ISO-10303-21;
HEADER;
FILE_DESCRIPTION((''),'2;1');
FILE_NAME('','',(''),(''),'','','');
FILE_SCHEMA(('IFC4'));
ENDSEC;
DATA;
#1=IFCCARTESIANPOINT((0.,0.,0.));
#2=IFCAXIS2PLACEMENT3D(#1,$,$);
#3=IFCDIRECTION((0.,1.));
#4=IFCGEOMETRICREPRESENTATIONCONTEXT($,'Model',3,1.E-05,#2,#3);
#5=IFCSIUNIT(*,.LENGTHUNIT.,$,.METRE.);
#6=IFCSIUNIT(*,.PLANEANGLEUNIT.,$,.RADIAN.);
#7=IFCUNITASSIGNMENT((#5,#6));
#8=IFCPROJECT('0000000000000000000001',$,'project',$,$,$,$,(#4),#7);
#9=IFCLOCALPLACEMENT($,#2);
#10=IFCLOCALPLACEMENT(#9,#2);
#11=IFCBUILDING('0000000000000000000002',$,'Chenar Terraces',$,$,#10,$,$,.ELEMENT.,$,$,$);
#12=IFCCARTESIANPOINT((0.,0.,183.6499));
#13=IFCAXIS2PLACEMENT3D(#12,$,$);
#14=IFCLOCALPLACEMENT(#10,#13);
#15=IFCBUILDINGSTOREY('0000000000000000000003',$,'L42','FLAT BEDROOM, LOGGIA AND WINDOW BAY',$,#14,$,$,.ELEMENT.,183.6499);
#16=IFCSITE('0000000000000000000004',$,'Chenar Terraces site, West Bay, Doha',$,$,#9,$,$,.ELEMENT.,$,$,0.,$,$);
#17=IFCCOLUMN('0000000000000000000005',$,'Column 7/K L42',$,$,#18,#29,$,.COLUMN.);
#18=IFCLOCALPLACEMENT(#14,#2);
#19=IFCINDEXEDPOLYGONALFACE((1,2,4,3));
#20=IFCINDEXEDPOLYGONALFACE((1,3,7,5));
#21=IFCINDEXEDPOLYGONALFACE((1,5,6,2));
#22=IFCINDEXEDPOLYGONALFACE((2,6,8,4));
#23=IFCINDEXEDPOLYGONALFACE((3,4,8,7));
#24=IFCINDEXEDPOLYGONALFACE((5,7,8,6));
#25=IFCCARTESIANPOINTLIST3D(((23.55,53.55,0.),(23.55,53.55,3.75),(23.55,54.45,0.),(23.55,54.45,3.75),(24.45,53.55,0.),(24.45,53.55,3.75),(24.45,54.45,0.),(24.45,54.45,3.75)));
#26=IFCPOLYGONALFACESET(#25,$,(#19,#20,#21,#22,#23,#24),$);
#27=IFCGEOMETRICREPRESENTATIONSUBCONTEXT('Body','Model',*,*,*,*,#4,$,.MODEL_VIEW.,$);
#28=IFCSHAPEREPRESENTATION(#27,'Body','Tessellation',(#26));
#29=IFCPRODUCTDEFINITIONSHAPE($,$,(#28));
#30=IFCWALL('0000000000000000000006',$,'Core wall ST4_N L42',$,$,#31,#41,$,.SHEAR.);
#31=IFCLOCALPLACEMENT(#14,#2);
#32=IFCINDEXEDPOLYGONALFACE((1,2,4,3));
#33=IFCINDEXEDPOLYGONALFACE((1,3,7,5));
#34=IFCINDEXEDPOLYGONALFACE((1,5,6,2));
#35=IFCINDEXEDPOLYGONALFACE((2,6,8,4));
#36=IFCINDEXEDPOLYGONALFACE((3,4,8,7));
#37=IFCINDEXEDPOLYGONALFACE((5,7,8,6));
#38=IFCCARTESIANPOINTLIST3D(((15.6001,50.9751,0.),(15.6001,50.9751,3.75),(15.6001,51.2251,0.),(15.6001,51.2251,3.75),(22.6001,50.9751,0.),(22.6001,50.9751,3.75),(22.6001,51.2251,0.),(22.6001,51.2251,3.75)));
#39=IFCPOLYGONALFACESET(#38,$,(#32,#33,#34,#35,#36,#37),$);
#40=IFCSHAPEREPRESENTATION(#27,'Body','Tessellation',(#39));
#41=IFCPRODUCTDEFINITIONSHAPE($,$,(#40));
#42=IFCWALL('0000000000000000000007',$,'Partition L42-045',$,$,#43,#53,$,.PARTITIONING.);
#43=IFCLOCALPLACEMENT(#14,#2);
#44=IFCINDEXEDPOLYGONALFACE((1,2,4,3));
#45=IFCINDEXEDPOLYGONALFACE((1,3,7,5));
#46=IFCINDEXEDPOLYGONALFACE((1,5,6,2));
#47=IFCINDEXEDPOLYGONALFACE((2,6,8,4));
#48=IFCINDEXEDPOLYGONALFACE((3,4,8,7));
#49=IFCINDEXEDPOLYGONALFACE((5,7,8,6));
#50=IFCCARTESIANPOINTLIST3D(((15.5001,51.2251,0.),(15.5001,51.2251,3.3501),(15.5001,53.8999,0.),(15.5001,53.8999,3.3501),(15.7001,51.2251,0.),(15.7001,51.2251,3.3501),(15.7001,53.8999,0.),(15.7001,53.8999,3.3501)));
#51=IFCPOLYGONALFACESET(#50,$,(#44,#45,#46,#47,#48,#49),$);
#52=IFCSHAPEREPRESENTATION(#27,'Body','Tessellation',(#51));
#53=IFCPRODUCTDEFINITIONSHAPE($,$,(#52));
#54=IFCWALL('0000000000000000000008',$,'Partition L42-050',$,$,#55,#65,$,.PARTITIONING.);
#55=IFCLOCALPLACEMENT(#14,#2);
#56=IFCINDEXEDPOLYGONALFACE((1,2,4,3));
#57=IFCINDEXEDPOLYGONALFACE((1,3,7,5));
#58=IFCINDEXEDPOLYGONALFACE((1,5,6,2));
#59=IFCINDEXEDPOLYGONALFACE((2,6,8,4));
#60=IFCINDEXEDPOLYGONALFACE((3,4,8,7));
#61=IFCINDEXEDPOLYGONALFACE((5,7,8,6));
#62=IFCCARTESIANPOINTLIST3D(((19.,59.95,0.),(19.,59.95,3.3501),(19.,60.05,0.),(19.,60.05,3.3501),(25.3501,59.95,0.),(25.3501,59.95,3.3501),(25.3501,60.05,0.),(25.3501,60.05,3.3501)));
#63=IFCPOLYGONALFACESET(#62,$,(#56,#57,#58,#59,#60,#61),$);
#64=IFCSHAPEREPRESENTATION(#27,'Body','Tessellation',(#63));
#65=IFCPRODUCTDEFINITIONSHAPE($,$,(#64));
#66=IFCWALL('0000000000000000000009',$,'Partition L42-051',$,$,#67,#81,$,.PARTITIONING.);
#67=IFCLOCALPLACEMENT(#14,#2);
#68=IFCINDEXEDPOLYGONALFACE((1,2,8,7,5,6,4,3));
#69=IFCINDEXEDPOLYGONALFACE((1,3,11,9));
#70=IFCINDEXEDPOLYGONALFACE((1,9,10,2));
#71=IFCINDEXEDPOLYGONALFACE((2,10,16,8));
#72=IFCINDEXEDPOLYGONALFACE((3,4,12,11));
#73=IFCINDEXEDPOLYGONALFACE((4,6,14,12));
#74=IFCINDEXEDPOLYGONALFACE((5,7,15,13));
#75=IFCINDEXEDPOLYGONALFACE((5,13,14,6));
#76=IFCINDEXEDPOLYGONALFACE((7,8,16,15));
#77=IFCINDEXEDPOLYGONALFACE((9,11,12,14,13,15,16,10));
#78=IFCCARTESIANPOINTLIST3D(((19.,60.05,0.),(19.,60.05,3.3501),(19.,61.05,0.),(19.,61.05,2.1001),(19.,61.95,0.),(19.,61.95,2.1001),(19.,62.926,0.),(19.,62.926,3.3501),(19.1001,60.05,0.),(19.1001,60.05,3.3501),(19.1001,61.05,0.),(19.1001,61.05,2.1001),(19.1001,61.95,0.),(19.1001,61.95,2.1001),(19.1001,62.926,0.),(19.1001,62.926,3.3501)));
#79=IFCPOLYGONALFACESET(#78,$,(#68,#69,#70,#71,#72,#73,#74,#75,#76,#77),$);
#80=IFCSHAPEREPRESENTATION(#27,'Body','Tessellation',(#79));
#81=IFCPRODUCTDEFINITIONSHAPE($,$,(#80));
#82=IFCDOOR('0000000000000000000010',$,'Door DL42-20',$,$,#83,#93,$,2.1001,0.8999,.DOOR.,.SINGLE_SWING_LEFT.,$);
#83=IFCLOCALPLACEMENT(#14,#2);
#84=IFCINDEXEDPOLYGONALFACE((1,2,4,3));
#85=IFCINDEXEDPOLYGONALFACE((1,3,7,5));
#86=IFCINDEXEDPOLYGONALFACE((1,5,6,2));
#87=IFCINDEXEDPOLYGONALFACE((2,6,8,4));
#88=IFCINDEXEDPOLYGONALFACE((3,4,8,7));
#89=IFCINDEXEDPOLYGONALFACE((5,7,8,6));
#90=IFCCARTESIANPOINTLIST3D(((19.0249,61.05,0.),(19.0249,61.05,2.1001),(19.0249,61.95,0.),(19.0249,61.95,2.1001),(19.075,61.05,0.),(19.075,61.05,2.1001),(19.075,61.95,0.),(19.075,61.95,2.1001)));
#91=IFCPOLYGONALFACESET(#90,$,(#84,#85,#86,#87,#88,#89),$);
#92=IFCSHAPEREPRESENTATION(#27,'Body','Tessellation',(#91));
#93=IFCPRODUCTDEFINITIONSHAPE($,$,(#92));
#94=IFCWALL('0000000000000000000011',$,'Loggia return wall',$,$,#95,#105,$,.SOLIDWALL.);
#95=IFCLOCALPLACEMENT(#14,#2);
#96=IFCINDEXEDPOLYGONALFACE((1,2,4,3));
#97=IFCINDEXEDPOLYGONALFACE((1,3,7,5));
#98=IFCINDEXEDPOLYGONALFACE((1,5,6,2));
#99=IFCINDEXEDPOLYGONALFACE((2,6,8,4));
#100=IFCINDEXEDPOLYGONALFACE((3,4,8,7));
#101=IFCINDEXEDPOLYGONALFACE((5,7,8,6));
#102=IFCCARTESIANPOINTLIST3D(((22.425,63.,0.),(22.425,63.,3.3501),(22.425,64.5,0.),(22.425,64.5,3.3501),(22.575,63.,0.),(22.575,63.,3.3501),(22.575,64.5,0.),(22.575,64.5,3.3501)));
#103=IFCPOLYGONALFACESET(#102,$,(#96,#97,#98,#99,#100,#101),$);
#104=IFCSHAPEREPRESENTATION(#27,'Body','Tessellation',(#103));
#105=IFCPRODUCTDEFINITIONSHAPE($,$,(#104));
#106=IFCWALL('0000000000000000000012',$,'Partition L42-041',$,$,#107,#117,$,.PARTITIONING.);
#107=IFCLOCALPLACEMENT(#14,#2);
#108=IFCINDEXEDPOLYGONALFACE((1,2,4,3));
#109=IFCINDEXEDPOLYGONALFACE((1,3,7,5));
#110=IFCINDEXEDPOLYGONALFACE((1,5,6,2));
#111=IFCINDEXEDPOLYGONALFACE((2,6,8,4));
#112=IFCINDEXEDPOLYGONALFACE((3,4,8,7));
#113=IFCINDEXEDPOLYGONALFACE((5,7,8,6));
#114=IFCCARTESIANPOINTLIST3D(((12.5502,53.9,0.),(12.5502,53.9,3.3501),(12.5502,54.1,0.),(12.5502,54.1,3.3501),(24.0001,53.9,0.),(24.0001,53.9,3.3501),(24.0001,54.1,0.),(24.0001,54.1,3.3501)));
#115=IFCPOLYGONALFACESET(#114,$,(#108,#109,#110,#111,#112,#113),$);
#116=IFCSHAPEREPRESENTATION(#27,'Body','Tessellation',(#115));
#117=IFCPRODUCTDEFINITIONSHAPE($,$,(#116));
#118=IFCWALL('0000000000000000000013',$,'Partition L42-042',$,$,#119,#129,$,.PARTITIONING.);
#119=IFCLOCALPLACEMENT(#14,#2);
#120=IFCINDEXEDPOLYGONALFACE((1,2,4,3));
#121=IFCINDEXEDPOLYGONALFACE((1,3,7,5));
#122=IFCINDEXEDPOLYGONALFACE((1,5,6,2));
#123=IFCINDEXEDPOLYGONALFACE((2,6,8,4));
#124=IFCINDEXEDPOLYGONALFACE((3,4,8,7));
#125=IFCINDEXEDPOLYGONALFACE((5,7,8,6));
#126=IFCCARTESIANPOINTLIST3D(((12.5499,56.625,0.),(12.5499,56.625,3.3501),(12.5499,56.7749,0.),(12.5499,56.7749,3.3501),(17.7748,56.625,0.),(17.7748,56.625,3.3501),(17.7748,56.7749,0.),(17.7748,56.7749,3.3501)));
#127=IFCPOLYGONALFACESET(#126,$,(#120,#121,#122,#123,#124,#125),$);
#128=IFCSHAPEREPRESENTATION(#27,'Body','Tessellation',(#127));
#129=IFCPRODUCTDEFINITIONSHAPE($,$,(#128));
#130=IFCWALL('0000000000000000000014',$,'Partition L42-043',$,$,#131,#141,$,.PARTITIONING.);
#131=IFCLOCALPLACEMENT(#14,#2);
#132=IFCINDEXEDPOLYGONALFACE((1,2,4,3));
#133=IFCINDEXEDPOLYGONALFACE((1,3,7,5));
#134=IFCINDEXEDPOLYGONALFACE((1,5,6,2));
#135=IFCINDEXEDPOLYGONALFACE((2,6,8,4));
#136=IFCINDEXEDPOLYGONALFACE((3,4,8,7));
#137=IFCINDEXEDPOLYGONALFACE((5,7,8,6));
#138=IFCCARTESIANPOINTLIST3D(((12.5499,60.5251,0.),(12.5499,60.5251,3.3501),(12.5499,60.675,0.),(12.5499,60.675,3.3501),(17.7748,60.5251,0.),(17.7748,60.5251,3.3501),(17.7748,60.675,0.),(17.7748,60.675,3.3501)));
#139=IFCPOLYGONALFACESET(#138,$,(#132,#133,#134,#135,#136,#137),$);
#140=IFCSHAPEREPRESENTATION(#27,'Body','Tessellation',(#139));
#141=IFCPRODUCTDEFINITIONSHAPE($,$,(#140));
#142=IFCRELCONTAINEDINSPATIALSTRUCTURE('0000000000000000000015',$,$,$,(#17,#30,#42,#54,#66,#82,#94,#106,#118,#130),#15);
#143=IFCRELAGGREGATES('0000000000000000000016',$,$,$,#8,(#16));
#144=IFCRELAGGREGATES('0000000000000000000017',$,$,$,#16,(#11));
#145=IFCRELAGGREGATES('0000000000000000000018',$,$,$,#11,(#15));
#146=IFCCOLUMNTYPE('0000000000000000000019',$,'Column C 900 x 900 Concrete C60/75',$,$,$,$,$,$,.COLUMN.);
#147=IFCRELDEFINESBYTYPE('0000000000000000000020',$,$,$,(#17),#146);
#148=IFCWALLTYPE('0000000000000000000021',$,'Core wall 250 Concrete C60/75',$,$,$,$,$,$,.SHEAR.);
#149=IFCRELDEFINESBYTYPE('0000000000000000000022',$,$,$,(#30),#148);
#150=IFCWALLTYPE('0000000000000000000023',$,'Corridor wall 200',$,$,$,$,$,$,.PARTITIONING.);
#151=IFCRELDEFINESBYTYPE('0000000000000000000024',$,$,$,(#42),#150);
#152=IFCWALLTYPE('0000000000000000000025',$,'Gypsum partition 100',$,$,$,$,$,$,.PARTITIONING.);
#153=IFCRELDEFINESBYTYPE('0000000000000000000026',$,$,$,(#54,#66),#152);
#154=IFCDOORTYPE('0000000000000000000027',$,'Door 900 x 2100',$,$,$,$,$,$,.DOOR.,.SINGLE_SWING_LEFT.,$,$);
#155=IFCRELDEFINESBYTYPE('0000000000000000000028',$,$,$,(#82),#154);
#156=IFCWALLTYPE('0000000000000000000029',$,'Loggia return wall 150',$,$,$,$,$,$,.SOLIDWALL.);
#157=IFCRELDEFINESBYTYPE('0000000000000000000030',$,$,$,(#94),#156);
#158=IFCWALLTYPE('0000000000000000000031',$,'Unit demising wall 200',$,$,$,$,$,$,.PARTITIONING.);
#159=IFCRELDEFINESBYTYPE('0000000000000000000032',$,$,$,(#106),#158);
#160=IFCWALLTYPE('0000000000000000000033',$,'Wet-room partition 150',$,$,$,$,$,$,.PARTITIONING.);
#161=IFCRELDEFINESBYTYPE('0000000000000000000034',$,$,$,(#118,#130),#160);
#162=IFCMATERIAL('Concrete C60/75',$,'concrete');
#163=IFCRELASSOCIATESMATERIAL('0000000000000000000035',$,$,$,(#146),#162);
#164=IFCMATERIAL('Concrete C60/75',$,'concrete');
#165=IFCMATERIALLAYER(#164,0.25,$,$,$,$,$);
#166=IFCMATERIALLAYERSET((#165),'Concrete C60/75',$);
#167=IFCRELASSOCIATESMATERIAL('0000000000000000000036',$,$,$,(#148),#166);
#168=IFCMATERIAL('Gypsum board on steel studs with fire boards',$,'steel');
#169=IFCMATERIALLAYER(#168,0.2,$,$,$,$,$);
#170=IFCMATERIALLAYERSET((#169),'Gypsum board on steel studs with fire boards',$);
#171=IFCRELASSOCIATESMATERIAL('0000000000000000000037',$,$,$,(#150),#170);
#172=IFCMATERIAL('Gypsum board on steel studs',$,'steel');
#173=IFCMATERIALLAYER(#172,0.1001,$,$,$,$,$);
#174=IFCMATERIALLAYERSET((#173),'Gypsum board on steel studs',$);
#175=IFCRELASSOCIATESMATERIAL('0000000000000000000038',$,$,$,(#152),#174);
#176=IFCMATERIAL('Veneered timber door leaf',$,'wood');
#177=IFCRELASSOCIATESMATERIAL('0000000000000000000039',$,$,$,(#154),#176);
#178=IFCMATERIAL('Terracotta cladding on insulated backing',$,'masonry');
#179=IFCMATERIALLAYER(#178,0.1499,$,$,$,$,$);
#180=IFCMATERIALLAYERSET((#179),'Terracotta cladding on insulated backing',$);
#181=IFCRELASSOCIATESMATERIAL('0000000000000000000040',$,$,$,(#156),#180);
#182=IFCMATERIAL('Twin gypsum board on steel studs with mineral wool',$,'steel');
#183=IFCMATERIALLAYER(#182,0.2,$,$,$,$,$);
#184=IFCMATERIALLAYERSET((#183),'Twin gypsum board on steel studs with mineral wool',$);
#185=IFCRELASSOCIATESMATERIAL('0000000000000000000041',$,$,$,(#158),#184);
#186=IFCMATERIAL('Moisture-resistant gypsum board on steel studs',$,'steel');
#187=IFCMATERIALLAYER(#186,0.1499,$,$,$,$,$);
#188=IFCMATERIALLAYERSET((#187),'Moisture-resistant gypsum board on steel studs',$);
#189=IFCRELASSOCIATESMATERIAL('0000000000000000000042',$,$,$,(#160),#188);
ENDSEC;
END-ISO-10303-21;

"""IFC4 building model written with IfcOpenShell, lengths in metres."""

from ifc_helpers import new_model, si_unit, direction, frame, frame_2d, origin, origin_2d, place, context, subcontext, project, spatial, rectangle, extrude, material, layer, layer_set, material_profile, profile_set, type_object, element, fill, save


model = new_model("IFC4")

# Units and contexts
model_context = context("Model", 3, precision=1e-05, world=origin(), true_north=direction((0.0, 1.0)))
body_context = subcontext(model_context, "Body", "Model", "MODEL_VIEW")
ifc_project = project(units=[si_unit("LENGTHUNIT", "METRE"), si_unit("PLANEANGLEUNIT", "RADIAN")], contexts=[model_context])

# Site, building, storey
site_placement = place(None, origin())
site = spatial("IfcSite", under=ifc_project, at=site_placement, Name="Chenar Terraces site, West Bay, Doha", CompositionType="ELEMENT", RefElevation=0.0)
building_placement = place(site_placement, origin())
building = spatial("IfcBuilding", under=site, at=building_placement, Name="Chenar Terraces", CompositionType="ELEMENT")
storey_placement = place(building_placement, frame((0.0, 0.0, 183.6499)))
storey = spatial("IfcBuildingStorey", under=building, at=storey_placement, Name="L42", Description="FLAT BEDROOM, LOGGIA AND WINDOW BAY", CompositionType="ELEMENT", Elevation=183.6499)

# Column
ifc_material_1 = material(Name="Concrete C60/75", Category="concrete")
ifc_material_profile = material_profile(ifc_material_1, rectangle(XDim=0.8999, YDim=0.8999, at=origin_2d()), Name="C 900 x 900")
ifc_profile_set = profile_set([ifc_material_profile], Name="Concrete C60/75")
column_type = type_object("IfcColumnType", Name="Column C 900 x 900 Concrete C60/75", PredefinedType="COLUMN", material=ifc_profile_set)
column_placement = place(storey_placement, frame((24.0, 54.0, 0.0), z_axis=(0.0, 0.0, 1.0), x_axis=(1.0, 0.0, 0.0)))
element("IfcColumn", 1, at=column_placement, inside=storey, type_object=column_type, Name="Column 7/K L42", PredefinedType="COLUMN", context=body_context, shape_type="SweptSolid", body=[
    extrude(rectangle(XDim=0.8999, YDim=0.8999, at=origin_2d()), origin(), (0.0, 0.0, 1.0), 3.75),
])

# Walls
ifc_material_2 = material(Name="Concrete C60/75", Category="concrete")
ifc_layer_1 = layer(ifc_material_2, 0.25)
ifc_layer_set_1 = layer_set([ifc_layer_1], Name="Concrete C60/75")
wall_type_1 = type_object("IfcWallType", Name="Core wall 250 Concrete C60/75", PredefinedType="SHEAR", material=ifc_layer_set_1)
wall_1_placement = place(storey_placement, frame((15.6001, 51.1001, 0.0), z_axis=(0.0, 0.0, 1.0), x_axis=(1.0, 0.0, 0.0)))
element("IfcWall", 2, at=wall_1_placement, inside=storey, type_object=wall_type_1, Name="Core wall ST4_N L42", PredefinedType="SHEAR", context=body_context, shape_type="SweptSolid", body=[
    extrude(rectangle(XDim=7.0, YDim=0.25, at=frame_2d((3.5, 0.0))), origin(), (0.0, 0.0, 1.0), 3.75),
])
ifc_material_3 = material(Name="Gypsum board on steel studs with fire boards", Category="steel")
ifc_layer_2 = layer(ifc_material_3, 0.2)
ifc_layer_set_2 = layer_set([ifc_layer_2], Name="Gypsum board on steel studs with fire boards")
wall_type_2 = type_object("IfcWallType", Name="Corridor wall 200", PredefinedType="PARTITIONING", material=ifc_layer_set_2)
wall_2_placement = place(storey_placement, frame((15.6001, 51.2251, 0.0), z_axis=(0.0, 0.0, 1.0), x_axis=(0.0, 1.0, 0.0)))
element("IfcWall", 3, at=wall_2_placement, inside=storey, type_object=wall_type_2, Name="Partition L42-045", PredefinedType="PARTITIONING", context=body_context, shape_type="SweptSolid", body=[
    extrude(rectangle(XDim=2.6748, YDim=0.2, at=frame_2d((1.3374, 0.0))), origin(), (0.0, 0.0, 1.0), 3.3501),
])

# Wall
ifc_material_4 = material(Name="Gypsum board on steel studs", Category="steel")
ifc_layer_3 = layer(ifc_material_4, 0.1001)
ifc_layer_set_3 = layer_set([ifc_layer_3], Name="Gypsum board on steel studs")
wall_type_3 = type_object("IfcWallType", Name="Gypsum partition 100", PredefinedType="PARTITIONING", material=ifc_layer_set_3)
wall_3_placement = place(storey_placement, frame((19.0, 60.0, 0.0), z_axis=(0.0, 0.0, 1.0), x_axis=(1.0, 0.0, 0.0)))
element("IfcWall", 4, at=wall_3_placement, inside=storey, type_object=wall_type_3, Name="Partition L42-050", PredefinedType="PARTITIONING", context=body_context, shape_type="SweptSolid", body=[
    extrude(rectangle(XDim=6.3501, YDim=0.1001, at=frame_2d((3.175, 0.0))), origin(), (0.0, 0.0, 1.0), 3.3501),
])

# Wall, opening, door
wall_4_placement = place(storey_placement, frame((19.05, 60.05, 0.0), z_axis=(0.0, 0.0, 1.0), x_axis=(0.0, 1.0, 0.0)))
wall_4 = element("IfcWall", 5, at=wall_4_placement, inside=storey, type_object=wall_type_3, Name="Partition L42-051", PredefinedType="PARTITIONING", context=body_context, shape_type="SweptSolid", body=[
    extrude(rectangle(XDim=2.876, YDim=0.1001, at=frame_2d((1.438, 0.0))), origin(), (0.0, 0.0, 1.0), 3.3501),
])
opening_1_placement = place(wall_4_placement, frame((1.0, 0.0, 0.0)))
opening_1 = element("IfcOpeningElement", 6, at=opening_1_placement, cuts=wall_4, PredefinedType="OPENING", context=body_context, shape_type="SweptSolid", body=[
    extrude(rectangle(XDim=0.8999, YDim=2.1001, at=frame_2d((0.45, 1.05))), frame((0.0, 0.0601, 0.0), z_axis=(0.0, -1.0, 0.0), x_axis=(1.0, 0.0, 0.0)), (0.0, 0.0, 1.0), 0.1201),
])
ifc_material_5 = material(Name="Veneered timber door leaf", Category="wood")
door_type_1 = type_object("IfcDoorType", Name="Door 900 x 2100", OperationType="SINGLE_SWING_LEFT", PredefinedType="DOOR", material=ifc_material_5)
door_1_placement = place(opening_1_placement, frame((0.8999, 0.0, 0.0), z_axis=(0.0, 0.0, 1.0), x_axis=(-1.0, 0.0, 0.0)))
door_1 = element("IfcDoor", 7, at=door_1_placement, inside=storey, type_object=door_type_1, Name="Door DL42-20", OperationType="SINGLE_SWING_LEFT", OverallHeight=2.1001, OverallWidth=0.8999, PredefinedType="DOOR", context=body_context, shape_type="SweptSolid", body=[
    extrude(rectangle(XDim=0.8999, YDim=2.1001, at=frame_2d((0.45, 1.05))), frame((0.0, 0.0249, 0.0), z_axis=(0.0, -1.0, 0.0), x_axis=(1.0, 0.0, 0.0)), (0.0, 0.0, 1.0), 0.05),
])
fill(opening_1, door_1)

# Walls
ifc_material_6 = material(Name="Terracotta cladding on insulated backing", Category="masonry")
ifc_layer_4 = layer(ifc_material_6, 0.1499)
ifc_layer_set_4 = layer_set([ifc_layer_4], Name="Terracotta cladding on insulated backing")
wall_type_4 = type_object("IfcWallType", Name="Loggia return wall 150", PredefinedType="SOLIDWALL", material=ifc_layer_set_4)
wall_5_placement = place(storey_placement, frame((22.5, 64.5, 0.0), z_axis=(0.0, 0.0, 1.0), x_axis=(0.0, -1.0, 0.0)))
element("IfcWall", 8, at=wall_5_placement, inside=storey, type_object=wall_type_4, Name="Loggia return wall", PredefinedType="SOLIDWALL", context=body_context, shape_type="SweptSolid", body=[
    extrude(rectangle(XDim=1.5, YDim=0.1499, at=frame_2d((0.75, 0.0))), origin(), (0.0, 0.0, 1.0), 3.3501),
])
ifc_material_7 = material(Name="Twin gypsum board on steel studs with mineral wool", Category="steel")
ifc_layer_5 = layer(ifc_material_7, 0.2)
ifc_layer_set_5 = layer_set([ifc_layer_5], Name="Twin gypsum board on steel studs with mineral wool")
wall_type_5 = type_object("IfcWallType", Name="Unit demising wall 200", PredefinedType="PARTITIONING", material=ifc_layer_set_5)
wall_6_placement = place(storey_placement, frame((12.55, 54.0, 0.0), z_axis=(0.0, 0.0, 1.0), x_axis=(1.0, 0.0, 0.0)))
element("IfcWall", 9, at=wall_6_placement, inside=storey, type_object=wall_type_5, Name="Partition L42-041", PredefinedType="PARTITIONING", context=body_context, shape_type="SweptSolid", body=[
    extrude(rectangle(XDim=11.45, YDim=0.2, at=frame_2d((5.7251, 0.0))), origin(), (0.0, 0.0, 1.0), 3.3501),
])
ifc_material_8 = material(Name="Moisture-resistant gypsum board on steel studs", Category="steel")
ifc_layer_6 = layer(ifc_material_8, 0.1499)
ifc_layer_set_6 = layer_set([ifc_layer_6], Name="Moisture-resistant gypsum board on steel studs")
wall_type_6 = type_object("IfcWallType", Name="Wet-room partition 150", PredefinedType="PARTITIONING", material=ifc_layer_set_6)
for number, where, z_axis, x_axis, name in (
    (10, (12.55, 56.7, 0.0), (0.0, 0.0, 1.0), (1.0, 0.0, 0.0), "Partition L42-042"),
    (11, (12.55, 60.6001, 0.0), (0.0, 0.0, 1.0), (1.0, 0.0, 0.0), "Partition L42-043"),
):
    element("IfcWall", number, at=place(storey_placement, frame(where, z_axis=z_axis, x_axis=x_axis)), inside=storey, type_object=wall_type_6, Name=name, PredefinedType="PARTITIONING", context=body_context, shape_type="SweptSolid", body=[
        extrude(rectangle(XDim=5.2249, YDim=0.1499, at=frame_2d((2.6123, 0.0))), origin(), (0.0, 0.0, 1.0), 3.3501),
    ])

save(model, "model.ifc")
